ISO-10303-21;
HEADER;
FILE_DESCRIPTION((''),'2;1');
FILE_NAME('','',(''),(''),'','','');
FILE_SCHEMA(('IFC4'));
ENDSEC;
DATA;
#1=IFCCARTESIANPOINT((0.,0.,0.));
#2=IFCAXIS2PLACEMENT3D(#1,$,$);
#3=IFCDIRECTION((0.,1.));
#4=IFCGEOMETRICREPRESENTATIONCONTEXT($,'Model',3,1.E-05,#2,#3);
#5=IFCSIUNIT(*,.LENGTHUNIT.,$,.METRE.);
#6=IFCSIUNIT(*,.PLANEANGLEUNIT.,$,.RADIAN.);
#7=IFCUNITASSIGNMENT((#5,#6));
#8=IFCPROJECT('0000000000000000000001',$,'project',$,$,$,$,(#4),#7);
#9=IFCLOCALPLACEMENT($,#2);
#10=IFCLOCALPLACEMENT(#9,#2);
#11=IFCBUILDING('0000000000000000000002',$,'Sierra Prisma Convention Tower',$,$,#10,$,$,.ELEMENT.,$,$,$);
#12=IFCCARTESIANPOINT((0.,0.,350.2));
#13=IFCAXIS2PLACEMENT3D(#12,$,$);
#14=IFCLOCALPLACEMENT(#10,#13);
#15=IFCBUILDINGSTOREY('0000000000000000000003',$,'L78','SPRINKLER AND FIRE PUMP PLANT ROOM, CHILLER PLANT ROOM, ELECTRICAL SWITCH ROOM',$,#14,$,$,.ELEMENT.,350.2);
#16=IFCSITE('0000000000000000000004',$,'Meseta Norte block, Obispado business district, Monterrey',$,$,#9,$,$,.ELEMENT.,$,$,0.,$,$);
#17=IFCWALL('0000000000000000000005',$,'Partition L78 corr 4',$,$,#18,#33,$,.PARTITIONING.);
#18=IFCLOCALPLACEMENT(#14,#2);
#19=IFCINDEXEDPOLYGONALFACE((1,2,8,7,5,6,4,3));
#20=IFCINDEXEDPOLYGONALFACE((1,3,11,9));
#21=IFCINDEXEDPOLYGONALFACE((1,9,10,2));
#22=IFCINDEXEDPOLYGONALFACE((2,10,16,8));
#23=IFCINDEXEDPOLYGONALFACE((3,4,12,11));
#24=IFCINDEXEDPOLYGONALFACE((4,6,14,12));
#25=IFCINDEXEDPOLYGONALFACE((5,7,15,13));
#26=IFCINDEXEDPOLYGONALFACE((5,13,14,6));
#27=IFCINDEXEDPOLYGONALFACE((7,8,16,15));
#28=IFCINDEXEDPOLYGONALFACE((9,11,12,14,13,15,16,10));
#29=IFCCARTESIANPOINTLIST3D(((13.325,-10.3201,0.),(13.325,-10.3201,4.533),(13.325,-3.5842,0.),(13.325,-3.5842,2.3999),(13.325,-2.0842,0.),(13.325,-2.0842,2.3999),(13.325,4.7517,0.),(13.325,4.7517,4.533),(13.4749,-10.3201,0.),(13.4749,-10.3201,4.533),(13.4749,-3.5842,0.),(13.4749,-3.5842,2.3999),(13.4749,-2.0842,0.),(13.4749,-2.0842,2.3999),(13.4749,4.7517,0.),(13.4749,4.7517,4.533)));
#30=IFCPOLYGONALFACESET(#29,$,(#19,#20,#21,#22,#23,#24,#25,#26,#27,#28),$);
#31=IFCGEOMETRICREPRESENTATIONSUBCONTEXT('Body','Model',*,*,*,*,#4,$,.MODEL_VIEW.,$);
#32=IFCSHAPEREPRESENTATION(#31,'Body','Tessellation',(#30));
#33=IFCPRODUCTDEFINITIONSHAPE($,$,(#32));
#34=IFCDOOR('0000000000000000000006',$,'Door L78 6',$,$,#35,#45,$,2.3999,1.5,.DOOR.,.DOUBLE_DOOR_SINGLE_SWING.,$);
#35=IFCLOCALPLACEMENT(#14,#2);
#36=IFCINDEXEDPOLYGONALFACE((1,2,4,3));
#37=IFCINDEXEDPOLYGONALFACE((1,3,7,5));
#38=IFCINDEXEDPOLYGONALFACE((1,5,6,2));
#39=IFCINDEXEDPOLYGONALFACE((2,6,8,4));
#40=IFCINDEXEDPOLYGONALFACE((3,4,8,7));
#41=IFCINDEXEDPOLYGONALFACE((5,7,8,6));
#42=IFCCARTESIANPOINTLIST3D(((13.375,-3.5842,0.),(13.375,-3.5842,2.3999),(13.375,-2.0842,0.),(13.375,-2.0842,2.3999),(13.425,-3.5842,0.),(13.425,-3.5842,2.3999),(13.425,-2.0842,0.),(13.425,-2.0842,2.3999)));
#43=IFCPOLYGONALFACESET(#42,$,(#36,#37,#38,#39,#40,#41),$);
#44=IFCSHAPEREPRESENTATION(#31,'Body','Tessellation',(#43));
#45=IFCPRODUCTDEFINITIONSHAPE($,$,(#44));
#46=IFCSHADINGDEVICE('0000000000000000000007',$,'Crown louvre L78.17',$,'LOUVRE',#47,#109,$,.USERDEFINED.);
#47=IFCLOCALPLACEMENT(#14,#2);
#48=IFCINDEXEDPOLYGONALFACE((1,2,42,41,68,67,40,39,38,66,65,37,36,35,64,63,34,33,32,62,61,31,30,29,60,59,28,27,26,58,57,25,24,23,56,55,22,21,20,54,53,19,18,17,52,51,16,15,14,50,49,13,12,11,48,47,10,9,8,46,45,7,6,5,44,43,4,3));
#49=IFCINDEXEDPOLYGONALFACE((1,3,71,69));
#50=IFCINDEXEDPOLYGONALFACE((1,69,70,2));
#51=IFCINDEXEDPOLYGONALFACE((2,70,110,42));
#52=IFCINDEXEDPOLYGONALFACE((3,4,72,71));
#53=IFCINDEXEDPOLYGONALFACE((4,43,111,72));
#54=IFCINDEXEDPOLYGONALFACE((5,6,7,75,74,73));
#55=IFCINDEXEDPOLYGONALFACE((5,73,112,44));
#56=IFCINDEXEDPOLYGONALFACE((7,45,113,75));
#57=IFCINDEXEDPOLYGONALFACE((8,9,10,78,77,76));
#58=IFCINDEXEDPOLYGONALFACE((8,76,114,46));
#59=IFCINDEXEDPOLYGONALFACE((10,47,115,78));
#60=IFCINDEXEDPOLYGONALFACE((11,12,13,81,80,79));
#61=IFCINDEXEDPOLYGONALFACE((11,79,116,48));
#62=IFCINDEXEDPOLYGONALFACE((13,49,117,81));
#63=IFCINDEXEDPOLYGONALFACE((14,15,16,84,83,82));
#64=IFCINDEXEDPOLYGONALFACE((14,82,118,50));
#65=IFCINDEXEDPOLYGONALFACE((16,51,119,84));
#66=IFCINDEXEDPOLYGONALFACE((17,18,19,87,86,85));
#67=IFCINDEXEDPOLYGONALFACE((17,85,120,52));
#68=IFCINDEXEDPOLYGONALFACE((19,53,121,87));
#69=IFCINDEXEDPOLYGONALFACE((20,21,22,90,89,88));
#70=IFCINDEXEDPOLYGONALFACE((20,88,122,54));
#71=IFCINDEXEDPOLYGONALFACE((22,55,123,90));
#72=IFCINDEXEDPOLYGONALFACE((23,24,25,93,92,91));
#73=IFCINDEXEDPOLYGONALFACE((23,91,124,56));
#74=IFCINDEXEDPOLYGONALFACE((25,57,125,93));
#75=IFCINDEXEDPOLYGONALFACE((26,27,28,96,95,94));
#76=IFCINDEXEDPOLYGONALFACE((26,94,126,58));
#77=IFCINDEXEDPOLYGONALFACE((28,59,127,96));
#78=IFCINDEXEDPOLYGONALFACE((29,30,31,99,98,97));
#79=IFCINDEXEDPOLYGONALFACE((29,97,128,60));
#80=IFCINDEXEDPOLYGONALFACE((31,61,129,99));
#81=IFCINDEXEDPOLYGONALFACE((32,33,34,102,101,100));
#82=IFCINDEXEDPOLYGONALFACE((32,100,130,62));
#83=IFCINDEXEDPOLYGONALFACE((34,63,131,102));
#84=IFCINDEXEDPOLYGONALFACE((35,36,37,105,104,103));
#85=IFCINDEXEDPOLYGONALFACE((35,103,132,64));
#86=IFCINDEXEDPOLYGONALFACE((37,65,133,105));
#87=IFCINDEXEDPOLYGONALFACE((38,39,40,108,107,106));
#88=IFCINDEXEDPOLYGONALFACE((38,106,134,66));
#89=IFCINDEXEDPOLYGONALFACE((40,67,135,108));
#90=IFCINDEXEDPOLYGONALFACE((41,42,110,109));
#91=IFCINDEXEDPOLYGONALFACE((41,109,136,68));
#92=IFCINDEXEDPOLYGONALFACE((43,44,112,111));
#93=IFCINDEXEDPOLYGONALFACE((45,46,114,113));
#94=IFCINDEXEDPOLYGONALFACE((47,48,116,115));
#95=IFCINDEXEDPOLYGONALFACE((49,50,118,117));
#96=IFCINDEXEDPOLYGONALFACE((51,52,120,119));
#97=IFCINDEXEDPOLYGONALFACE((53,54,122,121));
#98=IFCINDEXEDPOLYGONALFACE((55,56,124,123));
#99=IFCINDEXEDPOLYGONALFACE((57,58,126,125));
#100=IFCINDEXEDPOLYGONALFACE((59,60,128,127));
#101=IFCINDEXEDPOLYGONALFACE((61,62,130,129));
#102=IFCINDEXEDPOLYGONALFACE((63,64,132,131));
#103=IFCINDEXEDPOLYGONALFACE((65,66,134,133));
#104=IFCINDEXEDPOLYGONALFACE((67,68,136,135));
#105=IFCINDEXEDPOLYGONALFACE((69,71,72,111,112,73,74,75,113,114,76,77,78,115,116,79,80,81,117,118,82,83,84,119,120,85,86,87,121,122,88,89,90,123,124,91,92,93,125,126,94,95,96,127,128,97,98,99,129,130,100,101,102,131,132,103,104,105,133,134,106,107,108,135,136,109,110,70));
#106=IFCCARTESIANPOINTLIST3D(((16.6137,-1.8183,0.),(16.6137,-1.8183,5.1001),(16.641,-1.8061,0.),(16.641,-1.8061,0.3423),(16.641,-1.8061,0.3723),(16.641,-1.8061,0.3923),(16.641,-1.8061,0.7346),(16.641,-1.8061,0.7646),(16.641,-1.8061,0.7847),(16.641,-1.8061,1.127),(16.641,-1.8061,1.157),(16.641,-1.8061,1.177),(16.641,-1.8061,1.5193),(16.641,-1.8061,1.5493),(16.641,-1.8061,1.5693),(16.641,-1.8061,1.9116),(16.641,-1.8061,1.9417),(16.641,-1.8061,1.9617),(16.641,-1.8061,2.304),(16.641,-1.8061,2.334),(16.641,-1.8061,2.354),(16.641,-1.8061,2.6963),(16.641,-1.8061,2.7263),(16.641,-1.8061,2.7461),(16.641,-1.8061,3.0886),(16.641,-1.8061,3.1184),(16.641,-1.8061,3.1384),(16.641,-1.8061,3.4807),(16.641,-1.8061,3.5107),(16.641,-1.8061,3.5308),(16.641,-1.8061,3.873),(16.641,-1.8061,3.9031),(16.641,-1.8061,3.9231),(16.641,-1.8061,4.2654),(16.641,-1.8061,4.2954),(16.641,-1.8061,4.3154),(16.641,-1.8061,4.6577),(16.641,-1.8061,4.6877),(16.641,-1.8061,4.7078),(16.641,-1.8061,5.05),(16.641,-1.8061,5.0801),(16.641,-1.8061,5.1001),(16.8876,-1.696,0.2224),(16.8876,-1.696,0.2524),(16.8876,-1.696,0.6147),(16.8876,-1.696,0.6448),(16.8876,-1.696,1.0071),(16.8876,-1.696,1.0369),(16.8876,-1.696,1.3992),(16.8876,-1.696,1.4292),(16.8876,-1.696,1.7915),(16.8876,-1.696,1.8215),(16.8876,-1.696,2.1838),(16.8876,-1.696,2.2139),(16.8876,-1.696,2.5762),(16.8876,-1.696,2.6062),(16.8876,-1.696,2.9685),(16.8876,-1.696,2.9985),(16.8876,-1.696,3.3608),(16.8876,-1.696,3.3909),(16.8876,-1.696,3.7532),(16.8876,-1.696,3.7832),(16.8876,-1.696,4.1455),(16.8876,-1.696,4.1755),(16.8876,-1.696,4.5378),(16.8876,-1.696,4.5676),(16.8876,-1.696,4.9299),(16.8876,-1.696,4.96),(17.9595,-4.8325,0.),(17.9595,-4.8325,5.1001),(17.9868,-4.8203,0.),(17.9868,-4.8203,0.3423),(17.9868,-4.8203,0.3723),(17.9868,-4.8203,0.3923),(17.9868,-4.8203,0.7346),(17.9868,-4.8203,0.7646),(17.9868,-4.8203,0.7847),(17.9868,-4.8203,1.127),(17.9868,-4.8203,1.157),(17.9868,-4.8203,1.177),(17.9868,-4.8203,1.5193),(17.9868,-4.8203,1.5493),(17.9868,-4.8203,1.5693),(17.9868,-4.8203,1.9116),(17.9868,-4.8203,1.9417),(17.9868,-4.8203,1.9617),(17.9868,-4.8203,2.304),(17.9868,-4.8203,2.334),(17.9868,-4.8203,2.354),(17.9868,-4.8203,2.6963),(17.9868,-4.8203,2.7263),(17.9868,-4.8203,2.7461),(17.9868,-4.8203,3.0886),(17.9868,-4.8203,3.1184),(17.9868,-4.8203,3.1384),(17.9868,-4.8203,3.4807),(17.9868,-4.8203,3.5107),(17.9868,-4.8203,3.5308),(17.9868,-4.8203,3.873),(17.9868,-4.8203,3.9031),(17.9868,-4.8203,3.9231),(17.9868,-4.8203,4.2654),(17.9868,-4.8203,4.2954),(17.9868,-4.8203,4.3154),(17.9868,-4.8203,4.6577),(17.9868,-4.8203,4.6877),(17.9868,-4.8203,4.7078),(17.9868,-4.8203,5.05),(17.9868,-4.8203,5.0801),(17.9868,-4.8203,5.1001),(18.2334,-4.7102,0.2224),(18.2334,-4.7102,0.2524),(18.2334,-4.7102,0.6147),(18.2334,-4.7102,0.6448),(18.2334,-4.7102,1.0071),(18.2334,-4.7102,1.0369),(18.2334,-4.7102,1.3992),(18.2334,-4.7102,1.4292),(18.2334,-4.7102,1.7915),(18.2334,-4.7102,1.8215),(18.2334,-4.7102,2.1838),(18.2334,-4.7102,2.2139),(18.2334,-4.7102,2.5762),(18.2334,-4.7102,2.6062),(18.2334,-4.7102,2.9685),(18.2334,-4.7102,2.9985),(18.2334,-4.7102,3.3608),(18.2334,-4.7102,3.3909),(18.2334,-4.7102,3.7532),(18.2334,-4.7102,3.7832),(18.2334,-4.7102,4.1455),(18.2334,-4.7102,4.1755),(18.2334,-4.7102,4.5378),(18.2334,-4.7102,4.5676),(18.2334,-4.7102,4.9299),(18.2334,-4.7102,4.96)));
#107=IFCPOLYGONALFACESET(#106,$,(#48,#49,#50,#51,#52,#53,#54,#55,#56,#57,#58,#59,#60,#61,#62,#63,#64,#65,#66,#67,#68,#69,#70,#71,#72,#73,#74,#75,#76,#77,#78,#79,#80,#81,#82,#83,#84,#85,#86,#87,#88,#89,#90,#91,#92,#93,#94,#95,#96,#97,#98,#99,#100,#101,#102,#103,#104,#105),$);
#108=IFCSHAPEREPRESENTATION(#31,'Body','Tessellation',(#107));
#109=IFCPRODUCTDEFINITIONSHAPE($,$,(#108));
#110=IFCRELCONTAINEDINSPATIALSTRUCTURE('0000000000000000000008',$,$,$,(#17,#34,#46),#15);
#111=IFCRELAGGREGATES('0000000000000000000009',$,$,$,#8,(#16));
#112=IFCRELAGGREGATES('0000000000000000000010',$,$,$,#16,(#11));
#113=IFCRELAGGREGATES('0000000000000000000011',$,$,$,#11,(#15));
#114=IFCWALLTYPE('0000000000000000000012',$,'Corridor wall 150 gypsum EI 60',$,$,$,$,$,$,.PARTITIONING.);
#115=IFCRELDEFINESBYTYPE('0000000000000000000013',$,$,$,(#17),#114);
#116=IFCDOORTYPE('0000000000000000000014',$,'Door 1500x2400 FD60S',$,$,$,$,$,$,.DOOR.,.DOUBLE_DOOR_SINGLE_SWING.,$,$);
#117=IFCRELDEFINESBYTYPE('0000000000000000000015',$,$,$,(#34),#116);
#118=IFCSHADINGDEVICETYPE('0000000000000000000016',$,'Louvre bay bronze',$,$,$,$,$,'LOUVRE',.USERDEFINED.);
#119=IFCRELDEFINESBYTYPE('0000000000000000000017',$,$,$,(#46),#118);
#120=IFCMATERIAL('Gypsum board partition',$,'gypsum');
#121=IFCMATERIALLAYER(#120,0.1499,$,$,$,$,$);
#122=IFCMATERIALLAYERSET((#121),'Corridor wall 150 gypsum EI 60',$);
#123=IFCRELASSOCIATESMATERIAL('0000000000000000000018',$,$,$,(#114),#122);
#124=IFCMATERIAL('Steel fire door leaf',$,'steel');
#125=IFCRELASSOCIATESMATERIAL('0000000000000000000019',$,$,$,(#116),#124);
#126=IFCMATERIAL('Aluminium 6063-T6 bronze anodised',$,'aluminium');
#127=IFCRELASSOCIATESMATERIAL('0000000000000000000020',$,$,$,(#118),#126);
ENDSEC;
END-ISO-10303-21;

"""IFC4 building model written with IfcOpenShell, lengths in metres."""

from ifc_helpers import new_model, si_unit, direction, frame, frame_2d, origin, place, context, subcontext, project, spatial, polyline, rectangle, outline, extrude, material, layer, layer_set, type_object, element, fill, save


model = new_model("IFC4")

# Units and contexts
model_context = context("Model", 3, precision=1e-05, world=origin(), true_north=direction((0.0, 1.0)))
body_context = subcontext(model_context, "Body", "Model", "MODEL_VIEW")
ifc_project = project(units=[si_unit("LENGTHUNIT", "METRE"), si_unit("PLANEANGLEUNIT", "RADIAN")], contexts=[model_context])

# Site, building, storey
site_placement = place(None, origin())
site = spatial("IfcSite", under=ifc_project, at=site_placement, Name="Meseta Norte block, Obispado business district, Monterrey", CompositionType="ELEMENT", RefElevation=0.0)
building_placement = place(site_placement, origin())
building = spatial("IfcBuilding", under=site, at=building_placement, Name="Sierra Prisma Convention Tower", CompositionType="ELEMENT")
storey_placement = place(building_placement, frame((0.0, 0.0, 350.2)))
storey = spatial("IfcBuildingStorey", under=building, at=storey_placement, Name="L78", Description="SPRINKLER AND FIRE PUMP PLANT ROOM, CHILLER PLANT ROOM, ELECTRICAL SWITCH ROOM", CompositionType="ELEMENT", Elevation=350.2)

# Wall, opening, door
ifc_material_1 = material(Name="Gypsum board partition", Category="gypsum")
ifc_layer_1 = layer(ifc_material_1, 0.1499)
ifc_layer_set_1 = layer_set([ifc_layer_1], Name="Corridor wall 150 gypsum EI 60")
wall_type_1 = type_object("IfcWallType", Name="Corridor wall 150 gypsum EI 60", PredefinedType="PARTITIONING", material=ifc_layer_set_1)
wall_1_placement = place(storey_placement, frame((13.3999, -10.3201, 0.0), z_axis=(0.0, 0.0, 1.0), x_axis=(0.0, 1.0, 0.0)))
wall_1 = element("IfcWall", 1, at=wall_1_placement, inside=storey, type_object=wall_type_1, Name="Partition L78 corr 4", PredefinedType="PARTITIONING", context=body_context, shape_type="SweptSolid", body=[
    extrude(rectangle(XDim=15.0718, YDim=0.1499, at=frame_2d((7.5359, 0.0))), origin(), (0.0, 0.0, 1.0), 4.533),
])
opening_1_placement = place(wall_1_placement, frame((6.7358, 0.0, 0.0)))
opening_1 = element("IfcOpeningElement", 2, at=opening_1_placement, cuts=wall_1, PredefinedType="OPENING", context=body_context, shape_type="SweptSolid", body=[
    extrude(rectangle(XDim=1.5, YDim=2.3999, at=frame_2d((0.75, 1.2))), frame((0.0, 0.075, 0.0), z_axis=(0.0, -1.0, 0.0), x_axis=(1.0, 0.0, 0.0)), (0.0, 0.0, 1.0), 0.1499),
])
ifc_material_2 = material(Name="Steel fire door leaf", Category="steel")
door_type_1 = type_object("IfcDoorType", Name="Door 1500x2400 FD60S", OperationType="DOUBLE_DOOR_SINGLE_SWING", PredefinedType="DOOR", material=ifc_material_2)
door_1_placement = place(opening_1_placement, origin())
door_1 = element("IfcDoor", 3, at=door_1_placement, inside=storey, type_object=door_type_1, Name="Door L78 6", OperationType="DOUBLE_DOOR_SINGLE_SWING", OverallHeight=2.3999, OverallWidth=1.5, PredefinedType="DOOR", context=body_context, shape_type="SweptSolid", body=[
    extrude(rectangle(XDim=1.5, YDim=2.3999, at=frame_2d((0.75, 1.2))), frame((0.0, 0.0249, 0.0), z_axis=(0.0, -1.0, 0.0), x_axis=(1.0, 0.0, 0.0)), (0.0, 0.0, 1.0), 0.05),
])
fill(opening_1, door_1)

# Shading device
ifc_material_3 = material(Name="Aluminium 6063-T6 bronze anodised", Category="aluminium")
shading_device_type = type_object("IfcShadingDeviceType", Name="Louvre bay bronze", ElementType="LOUVRE", PredefinedType="USERDEFINED", material=ifc_material_3)
shading_device_placement = place(storey_placement, frame((17.9595, -4.8325, 0.0), z_axis=(0.407684, -0.913123, 0.0), x_axis=(0.0, 0.0, 1.0)))
element("IfcShadingDevice", 4, at=shading_device_placement, inside=storey, type_object=shading_device_type, Name="Crown louvre L78.17", ObjectType="LOUVRE", PredefinedType="USERDEFINED", context=body_context, shape_type="SweptSolid", body=[
    extrude(outline(polyline([(0.0, 0.0), (5.1001, 0.0), (5.1001, -0.0299), (5.0801, -0.0299), (4.96, -0.3), (4.9299, -0.3), (5.05, -0.0299), (4.7078, -0.0299), (4.6877, -0.0299), (4.5676, -0.3), (4.5378, -0.3), (4.6577, -0.0299), (4.3154, -0.0299), (4.2954, -0.0299), (4.1755, -0.3), (4.1455, -0.3), (4.2654, -0.0299), (3.9231, -0.0299), (3.9031, -0.0299), (3.7832, -0.3), (3.7532, -0.3), (3.873, -0.0299), (3.5308, -0.0299), (3.5107, -0.0299), (3.3909, -0.3), (3.3608, -0.3), (3.4807, -0.0299), (3.1384, -0.0299), (3.1184, -0.0299), (2.9985, -0.3), (2.9685, -0.3), (3.0886, -0.0299), (2.7461, -0.0299), (2.7263, -0.0299), (2.6062, -0.3), (2.5762, -0.3), (2.6963, -0.0299), (2.354, -0.0299), (2.334, -0.0299), (2.2139, -0.3), (2.1838, -0.3), (2.304, -0.0299), (1.9617, -0.0299), (1.9417, -0.0299), (1.8215, -0.3), (1.7915, -0.3), (1.9116, -0.0299), (1.5693, -0.0299), (1.5493, -0.0299), (1.4292, -0.3), (1.3992, -0.3), (1.5193, -0.0299), (1.177, -0.0299), (1.157, -0.0299), (1.0369, -0.3), (1.0071, -0.3), (1.127, -0.0299), (0.7847, -0.0299), (0.7646, -0.0299), (0.6448, -0.3), (0.6147, -0.3), (0.7346, -0.0299), (0.3923, -0.0299), (0.3723, -0.0299), (0.2524, -0.3), (0.2224, -0.3), (0.3423, -0.0299), (0.0, -0.0299), (0.0, 0.0)])), origin(), (0.0, 0.0, -1.0), 3.301),
])

save(model, "model.ifc")
